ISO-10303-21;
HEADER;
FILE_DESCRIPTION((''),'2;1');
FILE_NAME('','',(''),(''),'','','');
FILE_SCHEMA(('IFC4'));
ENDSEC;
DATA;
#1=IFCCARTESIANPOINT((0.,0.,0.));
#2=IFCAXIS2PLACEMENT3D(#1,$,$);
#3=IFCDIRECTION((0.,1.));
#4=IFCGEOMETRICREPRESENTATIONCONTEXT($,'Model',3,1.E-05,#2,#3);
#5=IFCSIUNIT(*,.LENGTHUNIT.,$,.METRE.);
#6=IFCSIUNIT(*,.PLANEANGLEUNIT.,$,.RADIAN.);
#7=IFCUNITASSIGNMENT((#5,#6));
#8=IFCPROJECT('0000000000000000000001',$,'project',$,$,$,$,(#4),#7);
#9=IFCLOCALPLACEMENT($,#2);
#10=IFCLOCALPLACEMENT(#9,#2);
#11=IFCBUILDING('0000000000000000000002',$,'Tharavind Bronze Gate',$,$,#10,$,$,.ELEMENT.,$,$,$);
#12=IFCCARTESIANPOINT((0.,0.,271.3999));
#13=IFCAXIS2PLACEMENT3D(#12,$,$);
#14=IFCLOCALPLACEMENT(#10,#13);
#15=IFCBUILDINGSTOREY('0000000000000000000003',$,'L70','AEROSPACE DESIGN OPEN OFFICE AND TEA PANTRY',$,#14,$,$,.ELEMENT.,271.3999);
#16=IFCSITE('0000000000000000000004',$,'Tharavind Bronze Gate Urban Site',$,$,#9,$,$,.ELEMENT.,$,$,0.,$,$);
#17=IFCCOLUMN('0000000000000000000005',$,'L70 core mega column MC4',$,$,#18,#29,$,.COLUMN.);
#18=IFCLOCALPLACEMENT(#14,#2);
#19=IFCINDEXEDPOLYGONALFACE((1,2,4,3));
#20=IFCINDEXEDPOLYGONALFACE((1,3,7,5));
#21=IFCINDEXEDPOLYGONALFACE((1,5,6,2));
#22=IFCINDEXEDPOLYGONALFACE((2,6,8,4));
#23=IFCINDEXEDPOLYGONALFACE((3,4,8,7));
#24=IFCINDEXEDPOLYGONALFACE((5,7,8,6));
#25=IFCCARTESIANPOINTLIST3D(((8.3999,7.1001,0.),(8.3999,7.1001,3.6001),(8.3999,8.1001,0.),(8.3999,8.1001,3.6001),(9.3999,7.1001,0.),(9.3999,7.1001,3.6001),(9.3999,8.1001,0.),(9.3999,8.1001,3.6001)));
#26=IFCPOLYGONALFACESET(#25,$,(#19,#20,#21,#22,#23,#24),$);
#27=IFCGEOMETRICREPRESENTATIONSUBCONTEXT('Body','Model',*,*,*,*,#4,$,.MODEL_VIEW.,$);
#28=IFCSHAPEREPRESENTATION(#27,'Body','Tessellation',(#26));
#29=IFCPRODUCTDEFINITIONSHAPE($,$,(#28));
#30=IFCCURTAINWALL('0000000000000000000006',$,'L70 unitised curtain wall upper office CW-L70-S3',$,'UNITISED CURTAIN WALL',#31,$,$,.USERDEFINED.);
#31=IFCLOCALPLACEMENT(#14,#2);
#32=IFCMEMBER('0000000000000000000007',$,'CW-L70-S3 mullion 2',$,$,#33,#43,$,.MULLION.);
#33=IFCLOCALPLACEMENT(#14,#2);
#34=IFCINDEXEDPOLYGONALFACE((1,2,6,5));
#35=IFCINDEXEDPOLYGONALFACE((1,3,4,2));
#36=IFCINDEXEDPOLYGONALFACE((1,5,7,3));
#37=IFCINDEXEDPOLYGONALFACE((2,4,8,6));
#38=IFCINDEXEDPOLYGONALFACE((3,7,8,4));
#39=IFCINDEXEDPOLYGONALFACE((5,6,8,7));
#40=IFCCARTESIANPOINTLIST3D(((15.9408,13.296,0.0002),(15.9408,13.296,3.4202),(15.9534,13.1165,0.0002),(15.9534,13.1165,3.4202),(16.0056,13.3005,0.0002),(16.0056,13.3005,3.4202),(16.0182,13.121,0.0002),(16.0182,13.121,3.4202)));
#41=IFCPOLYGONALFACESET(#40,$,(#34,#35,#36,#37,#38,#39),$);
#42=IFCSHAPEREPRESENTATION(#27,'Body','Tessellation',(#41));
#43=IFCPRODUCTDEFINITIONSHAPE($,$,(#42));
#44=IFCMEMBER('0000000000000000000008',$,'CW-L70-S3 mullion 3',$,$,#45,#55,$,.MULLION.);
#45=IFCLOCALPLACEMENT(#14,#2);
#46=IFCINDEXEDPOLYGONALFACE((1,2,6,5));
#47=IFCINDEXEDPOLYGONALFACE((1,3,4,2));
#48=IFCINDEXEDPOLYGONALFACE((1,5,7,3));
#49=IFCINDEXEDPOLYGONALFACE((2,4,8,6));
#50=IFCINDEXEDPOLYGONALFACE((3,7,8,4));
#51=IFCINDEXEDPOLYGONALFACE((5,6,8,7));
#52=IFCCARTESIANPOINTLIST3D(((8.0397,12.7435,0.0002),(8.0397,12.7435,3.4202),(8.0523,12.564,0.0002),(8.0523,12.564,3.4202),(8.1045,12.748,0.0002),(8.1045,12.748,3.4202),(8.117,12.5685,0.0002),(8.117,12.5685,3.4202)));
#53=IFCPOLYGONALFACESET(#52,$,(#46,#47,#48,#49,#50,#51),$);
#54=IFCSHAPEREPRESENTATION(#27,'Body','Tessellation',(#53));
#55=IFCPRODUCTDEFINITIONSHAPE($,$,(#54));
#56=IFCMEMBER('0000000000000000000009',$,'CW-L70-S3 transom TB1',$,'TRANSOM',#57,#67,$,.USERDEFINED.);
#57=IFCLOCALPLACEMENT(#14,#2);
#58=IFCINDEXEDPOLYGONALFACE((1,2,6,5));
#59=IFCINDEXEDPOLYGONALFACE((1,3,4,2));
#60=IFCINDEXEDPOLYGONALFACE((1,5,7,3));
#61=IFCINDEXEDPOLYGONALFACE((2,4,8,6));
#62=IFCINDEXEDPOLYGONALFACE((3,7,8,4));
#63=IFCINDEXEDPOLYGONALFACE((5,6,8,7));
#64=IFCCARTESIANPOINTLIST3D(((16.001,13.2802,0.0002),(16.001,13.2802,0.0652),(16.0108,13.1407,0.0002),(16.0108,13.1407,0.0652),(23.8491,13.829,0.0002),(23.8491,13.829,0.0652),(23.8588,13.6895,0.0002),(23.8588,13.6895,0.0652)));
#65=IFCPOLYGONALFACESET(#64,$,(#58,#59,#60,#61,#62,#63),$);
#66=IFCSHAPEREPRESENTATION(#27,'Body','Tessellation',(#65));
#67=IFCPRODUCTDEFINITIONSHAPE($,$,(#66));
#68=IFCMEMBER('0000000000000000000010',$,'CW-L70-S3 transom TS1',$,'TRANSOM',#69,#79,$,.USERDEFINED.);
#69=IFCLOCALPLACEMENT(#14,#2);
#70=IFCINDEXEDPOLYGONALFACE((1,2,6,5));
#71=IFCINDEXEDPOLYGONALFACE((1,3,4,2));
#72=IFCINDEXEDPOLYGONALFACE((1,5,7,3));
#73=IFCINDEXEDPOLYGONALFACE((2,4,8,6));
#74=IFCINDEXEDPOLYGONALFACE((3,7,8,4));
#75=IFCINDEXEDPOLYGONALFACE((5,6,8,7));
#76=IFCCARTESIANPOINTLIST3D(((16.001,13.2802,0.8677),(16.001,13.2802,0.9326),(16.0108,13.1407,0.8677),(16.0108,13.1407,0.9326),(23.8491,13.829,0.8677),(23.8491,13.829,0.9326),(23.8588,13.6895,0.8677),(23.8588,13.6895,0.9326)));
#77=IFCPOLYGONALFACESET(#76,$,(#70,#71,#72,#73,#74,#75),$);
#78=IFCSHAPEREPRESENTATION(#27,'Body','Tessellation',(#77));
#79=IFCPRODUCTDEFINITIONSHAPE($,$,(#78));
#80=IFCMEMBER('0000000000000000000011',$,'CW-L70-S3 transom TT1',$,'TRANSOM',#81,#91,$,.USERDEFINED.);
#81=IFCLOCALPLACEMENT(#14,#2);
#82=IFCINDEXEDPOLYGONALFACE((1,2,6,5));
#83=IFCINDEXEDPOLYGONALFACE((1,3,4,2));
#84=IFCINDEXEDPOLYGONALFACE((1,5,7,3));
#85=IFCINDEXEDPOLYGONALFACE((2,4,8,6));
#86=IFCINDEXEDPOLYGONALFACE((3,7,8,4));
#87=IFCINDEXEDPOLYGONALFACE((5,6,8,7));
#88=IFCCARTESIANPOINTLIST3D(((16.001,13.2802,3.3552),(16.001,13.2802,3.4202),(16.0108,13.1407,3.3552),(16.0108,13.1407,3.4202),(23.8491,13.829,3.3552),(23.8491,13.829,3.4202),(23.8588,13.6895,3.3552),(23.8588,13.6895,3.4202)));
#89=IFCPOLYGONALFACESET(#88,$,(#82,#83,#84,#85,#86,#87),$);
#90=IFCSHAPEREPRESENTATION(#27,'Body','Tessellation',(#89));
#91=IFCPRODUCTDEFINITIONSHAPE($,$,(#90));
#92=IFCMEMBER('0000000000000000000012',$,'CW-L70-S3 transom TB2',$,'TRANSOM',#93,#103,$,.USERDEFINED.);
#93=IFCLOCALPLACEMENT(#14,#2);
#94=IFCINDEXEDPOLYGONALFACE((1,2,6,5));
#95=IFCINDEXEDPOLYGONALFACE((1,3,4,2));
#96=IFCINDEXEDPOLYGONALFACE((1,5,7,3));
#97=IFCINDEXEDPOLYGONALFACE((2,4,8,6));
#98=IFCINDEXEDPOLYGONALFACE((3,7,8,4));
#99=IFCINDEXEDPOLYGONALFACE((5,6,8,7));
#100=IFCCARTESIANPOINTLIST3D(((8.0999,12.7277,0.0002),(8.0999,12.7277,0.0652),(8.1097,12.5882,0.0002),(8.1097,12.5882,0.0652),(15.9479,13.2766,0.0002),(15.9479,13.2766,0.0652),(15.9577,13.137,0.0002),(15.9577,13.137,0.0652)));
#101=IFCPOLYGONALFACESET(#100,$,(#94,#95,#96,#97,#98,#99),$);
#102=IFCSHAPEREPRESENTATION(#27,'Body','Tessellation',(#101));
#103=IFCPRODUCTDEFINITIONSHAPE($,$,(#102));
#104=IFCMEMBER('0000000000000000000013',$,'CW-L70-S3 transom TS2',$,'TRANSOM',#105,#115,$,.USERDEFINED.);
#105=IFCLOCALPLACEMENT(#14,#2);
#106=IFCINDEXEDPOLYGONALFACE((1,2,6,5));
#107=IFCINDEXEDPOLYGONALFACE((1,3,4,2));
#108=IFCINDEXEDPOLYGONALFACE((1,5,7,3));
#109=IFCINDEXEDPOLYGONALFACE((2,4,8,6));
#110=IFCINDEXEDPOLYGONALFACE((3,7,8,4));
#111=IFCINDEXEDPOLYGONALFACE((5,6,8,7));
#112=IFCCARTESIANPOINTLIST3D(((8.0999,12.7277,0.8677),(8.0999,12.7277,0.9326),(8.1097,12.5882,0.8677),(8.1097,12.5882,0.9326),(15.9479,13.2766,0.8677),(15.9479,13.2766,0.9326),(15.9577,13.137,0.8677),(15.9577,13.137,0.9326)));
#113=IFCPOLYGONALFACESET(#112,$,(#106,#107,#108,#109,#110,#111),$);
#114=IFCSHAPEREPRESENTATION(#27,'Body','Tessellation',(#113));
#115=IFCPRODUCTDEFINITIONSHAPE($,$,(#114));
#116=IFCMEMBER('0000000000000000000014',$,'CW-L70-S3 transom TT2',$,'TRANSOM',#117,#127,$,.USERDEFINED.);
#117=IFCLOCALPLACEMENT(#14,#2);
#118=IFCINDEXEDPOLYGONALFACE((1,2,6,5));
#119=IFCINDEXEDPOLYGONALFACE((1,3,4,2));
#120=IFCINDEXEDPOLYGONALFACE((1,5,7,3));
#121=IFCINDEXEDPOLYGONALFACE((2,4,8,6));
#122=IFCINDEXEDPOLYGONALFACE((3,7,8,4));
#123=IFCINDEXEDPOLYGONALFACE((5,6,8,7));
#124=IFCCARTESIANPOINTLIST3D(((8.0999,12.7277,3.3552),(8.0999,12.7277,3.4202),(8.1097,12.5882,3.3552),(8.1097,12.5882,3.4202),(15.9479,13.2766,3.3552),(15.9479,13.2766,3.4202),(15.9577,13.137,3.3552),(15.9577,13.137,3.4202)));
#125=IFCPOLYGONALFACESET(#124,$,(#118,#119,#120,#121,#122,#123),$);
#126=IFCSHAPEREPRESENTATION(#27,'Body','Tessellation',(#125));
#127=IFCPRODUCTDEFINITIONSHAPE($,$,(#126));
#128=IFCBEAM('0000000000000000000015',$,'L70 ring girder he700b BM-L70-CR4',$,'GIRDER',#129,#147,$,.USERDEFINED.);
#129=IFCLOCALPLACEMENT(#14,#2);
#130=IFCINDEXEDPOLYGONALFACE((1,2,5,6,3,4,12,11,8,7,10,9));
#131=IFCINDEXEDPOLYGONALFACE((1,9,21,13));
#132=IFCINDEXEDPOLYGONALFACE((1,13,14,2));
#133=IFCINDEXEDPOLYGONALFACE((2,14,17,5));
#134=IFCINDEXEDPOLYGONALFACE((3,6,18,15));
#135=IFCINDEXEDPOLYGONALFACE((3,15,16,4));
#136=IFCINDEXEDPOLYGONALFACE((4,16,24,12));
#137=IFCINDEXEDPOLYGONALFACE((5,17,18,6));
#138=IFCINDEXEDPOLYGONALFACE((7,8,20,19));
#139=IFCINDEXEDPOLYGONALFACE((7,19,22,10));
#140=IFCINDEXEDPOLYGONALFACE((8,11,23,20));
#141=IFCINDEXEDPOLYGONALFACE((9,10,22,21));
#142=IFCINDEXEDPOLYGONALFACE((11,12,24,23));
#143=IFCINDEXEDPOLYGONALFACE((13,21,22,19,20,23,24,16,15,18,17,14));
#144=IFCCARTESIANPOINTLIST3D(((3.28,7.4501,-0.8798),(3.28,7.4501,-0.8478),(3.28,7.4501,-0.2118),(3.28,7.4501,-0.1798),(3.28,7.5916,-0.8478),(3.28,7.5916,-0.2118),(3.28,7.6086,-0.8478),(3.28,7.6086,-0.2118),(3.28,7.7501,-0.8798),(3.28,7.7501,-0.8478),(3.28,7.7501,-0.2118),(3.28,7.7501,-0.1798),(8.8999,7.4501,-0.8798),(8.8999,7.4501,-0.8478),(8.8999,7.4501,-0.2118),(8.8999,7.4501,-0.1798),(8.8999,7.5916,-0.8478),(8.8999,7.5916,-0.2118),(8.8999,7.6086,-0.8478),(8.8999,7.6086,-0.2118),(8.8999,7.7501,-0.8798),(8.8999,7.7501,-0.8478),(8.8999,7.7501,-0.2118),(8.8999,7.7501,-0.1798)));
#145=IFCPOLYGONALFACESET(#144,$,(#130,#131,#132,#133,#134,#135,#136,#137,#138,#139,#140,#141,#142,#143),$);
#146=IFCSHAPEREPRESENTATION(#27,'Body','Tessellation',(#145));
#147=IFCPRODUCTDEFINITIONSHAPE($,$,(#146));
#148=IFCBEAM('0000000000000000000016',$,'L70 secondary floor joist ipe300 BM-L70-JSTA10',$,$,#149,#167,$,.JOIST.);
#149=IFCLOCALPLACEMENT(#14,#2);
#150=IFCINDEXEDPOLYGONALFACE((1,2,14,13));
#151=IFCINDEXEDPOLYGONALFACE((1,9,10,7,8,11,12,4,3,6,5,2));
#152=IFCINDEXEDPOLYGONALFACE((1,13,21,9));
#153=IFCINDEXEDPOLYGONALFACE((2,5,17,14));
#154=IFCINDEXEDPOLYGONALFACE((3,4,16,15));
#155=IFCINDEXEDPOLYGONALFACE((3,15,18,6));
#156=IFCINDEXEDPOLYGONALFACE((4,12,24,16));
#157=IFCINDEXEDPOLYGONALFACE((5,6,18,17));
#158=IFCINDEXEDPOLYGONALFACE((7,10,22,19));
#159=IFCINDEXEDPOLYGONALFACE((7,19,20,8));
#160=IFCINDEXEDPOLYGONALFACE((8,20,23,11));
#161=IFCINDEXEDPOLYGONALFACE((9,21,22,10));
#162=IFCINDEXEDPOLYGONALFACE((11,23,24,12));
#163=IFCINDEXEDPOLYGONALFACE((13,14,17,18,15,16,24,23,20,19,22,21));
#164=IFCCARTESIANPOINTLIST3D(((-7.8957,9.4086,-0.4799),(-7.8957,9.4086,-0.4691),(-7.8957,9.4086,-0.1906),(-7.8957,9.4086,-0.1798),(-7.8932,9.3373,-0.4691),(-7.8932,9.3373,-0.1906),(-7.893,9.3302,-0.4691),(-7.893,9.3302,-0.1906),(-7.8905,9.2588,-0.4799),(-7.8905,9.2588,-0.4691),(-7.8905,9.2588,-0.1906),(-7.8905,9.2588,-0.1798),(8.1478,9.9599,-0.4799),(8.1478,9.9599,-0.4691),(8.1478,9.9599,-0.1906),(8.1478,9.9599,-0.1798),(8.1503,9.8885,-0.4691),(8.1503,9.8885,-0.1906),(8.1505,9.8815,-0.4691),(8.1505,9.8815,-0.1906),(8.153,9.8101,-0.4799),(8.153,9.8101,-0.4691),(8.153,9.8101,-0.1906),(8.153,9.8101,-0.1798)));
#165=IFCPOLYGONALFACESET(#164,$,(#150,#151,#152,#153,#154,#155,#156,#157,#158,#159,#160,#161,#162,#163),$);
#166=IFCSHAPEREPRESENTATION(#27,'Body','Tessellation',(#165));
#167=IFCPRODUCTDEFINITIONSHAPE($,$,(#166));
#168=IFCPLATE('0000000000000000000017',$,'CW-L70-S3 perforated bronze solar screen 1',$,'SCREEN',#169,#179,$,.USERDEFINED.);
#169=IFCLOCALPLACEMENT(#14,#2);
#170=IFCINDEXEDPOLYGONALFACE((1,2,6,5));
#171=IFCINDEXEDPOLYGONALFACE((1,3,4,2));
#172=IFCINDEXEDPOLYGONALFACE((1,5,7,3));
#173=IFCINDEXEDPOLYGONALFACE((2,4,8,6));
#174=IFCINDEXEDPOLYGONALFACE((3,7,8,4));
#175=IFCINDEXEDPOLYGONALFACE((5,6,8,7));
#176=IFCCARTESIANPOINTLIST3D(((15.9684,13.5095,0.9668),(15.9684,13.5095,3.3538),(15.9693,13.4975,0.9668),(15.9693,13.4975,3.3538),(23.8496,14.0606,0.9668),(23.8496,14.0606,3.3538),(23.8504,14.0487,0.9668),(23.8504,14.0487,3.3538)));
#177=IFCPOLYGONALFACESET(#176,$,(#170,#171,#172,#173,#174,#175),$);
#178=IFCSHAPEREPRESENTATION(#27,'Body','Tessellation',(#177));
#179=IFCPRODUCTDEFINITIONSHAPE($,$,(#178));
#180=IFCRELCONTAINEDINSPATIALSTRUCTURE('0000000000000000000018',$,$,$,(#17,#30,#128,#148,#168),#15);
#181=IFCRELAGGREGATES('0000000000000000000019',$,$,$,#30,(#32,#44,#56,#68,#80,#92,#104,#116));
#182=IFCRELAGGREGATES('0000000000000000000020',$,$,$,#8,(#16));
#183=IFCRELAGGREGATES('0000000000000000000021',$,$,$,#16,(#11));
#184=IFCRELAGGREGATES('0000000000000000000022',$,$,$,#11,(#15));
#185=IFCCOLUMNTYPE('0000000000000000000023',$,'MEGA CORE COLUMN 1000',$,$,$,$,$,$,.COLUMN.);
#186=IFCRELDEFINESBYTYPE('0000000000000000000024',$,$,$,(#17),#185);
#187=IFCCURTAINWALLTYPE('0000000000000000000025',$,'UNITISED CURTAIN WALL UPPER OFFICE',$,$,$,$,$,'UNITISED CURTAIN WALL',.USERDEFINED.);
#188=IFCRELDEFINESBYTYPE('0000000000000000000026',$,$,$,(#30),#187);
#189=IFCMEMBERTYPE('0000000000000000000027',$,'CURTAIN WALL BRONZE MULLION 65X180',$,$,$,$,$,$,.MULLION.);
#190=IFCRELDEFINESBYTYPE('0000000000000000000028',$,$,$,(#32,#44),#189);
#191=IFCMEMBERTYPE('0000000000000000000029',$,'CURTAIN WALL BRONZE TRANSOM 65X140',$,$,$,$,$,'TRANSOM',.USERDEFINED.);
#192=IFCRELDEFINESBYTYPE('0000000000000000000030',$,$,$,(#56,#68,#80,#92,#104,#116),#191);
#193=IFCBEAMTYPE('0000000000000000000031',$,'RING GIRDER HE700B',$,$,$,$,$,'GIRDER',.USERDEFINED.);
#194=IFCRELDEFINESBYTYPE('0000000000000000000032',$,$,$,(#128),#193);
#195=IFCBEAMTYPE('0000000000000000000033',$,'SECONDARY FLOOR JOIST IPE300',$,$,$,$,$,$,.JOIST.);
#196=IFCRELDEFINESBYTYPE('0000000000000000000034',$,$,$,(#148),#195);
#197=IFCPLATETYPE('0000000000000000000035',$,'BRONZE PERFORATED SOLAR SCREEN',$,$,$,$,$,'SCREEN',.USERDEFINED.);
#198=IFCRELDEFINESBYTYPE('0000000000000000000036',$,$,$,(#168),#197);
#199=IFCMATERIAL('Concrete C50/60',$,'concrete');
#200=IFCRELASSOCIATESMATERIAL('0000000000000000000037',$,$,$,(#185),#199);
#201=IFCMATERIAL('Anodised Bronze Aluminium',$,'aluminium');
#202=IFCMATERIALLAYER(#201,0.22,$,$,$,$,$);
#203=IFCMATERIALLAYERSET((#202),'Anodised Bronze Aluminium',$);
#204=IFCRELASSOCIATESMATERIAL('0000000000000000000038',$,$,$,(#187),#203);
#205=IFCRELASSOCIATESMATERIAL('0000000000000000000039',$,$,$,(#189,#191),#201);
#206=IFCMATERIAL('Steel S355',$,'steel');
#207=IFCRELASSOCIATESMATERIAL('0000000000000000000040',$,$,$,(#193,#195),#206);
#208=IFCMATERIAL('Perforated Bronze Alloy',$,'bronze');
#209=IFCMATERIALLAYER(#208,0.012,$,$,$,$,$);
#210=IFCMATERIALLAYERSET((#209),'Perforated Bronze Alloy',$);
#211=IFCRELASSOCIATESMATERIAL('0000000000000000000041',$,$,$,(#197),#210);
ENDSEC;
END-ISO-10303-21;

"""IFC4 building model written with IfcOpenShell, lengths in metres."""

from ifc_helpers import new_model, si_unit, direction, frame, origin, origin_2d, place, context, subcontext, project, spatial, rectangle, i_section, extrude, material, layer, layer_set, material_profile, profile_set, type_object, element, aggregate, save


model = new_model("IFC4")

# Units and contexts
model_context = context("Model", 3, precision=1e-05, world=origin(), true_north=direction((0.0, 1.0)))
body_context = subcontext(model_context, "Body", "Model", "MODEL_VIEW")
ifc_project = project(units=[si_unit("LENGTHUNIT", "METRE"), si_unit("PLANEANGLEUNIT", "RADIAN")], contexts=[model_context])

# Site, building, storey
site_placement = place(None, origin())
site = spatial("IfcSite", under=ifc_project, at=site_placement, Name="Tharavind Bronze Gate Urban Site", CompositionType="ELEMENT", RefElevation=0.0)
building_placement = place(site_placement, origin())
building = spatial("IfcBuilding", under=site, at=building_placement, Name="Tharavind Bronze Gate", CompositionType="ELEMENT")
storey_placement = place(building_placement, frame((0.0, 0.0, 271.3999)))
storey = spatial("IfcBuildingStorey", under=building, at=storey_placement, Name="L70", Description="AEROSPACE DESIGN OPEN OFFICE AND TEA PANTRY", CompositionType="ELEMENT", Elevation=271.3999)

# Column
ifc_material_1 = material(Name="Concrete C50/60", Category="concrete")
ifc_material_profile_1 = material_profile(ifc_material_1, rectangle(XDim=1.0, YDim=1.0, at=origin_2d()), Name="RCCOL1000")
ifc_profile_set_1 = profile_set([ifc_material_profile_1], Name="Concrete C50/60")
column_type = type_object("IfcColumnType", Name="MEGA CORE COLUMN 1000", PredefinedType="COLUMN", material=ifc_profile_set_1)
column_placement = place(storey_placement, frame((8.8999, 7.6001, 0.0), z_axis=(0.0, 0.0, 1.0), x_axis=(1.0, 0.0, 0.0)))
element("IfcColumn", 1, at=column_placement, inside=storey, type_object=column_type, Name="L70 core mega column MC4", PredefinedType="COLUMN", context=body_context, shape_type="SweptSolid", body=[
    extrude(rectangle(XDim=1.0, YDim=1.0, at=origin_2d()), origin(), (0.0, 0.0, 1.0), 3.6001),
])

# Curtain wall, members
ifc_material_2 = material(Name="Anodised Bronze Aluminium", Category="aluminium")
ifc_layer_1 = layer(ifc_material_2, 0.22)
ifc_layer_set_1 = layer_set([ifc_layer_1], Name="Anodised Bronze Aluminium")
curtain_wall_type = type_object("IfcCurtainWallType", Name="UNITISED CURTAIN WALL UPPER OFFICE", ElementType="UNITISED CURTAIN WALL", PredefinedType="USERDEFINED", material=ifc_layer_set_1)
curtain_wall_placement = place(storey_placement, origin())
curtain_wall = element("IfcCurtainWall", 2, at=curtain_wall_placement, inside=storey, type_object=curtain_wall_type, Name="L70 unitised curtain wall upper office CW-L70-S3", ObjectType="UNITISED CURTAIN WALL", PredefinedType="USERDEFINED")
member_type_1 = type_object("IfcMemberType", Name="CURTAIN WALL BRONZE MULLION 65X180", PredefinedType="MULLION", material=ifc_material_2)
member_1_placement = place(storey_placement, frame((15.9795, 13.2085, 0.0002), z_axis=(0.0, 0.0, 1.0), x_axis=(-0.997564, -0.06976, 0.0)))
member_1 = element("IfcMember", 3, at=member_1_placement, type_object=member_type_1, Name="CW-L70-S3 mullion 2", PredefinedType="MULLION", context=body_context, shape_type="SweptSolid", body=[
    extrude(rectangle(XDim=0.0649, YDim=0.1799, at=origin_2d()), origin(), (0.0, 0.0, 1.0), 3.4199),
])
member_2_placement = place(storey_placement, frame((8.0784, 12.656, 0.0002), z_axis=(0.0, 0.0, 1.0), x_axis=(-0.997564, -0.06976, 0.0)))
member_2 = element("IfcMember", 4, at=member_2_placement, type_object=member_type_1, Name="CW-L70-S3 mullion 3", PredefinedType="MULLION", context=body_context, shape_type="SweptSolid", body=[
    extrude(rectangle(XDim=0.0649, YDim=0.1799, at=origin_2d()), origin(), (0.0, 0.0, 1.0), 3.4199),
])
member_type_2 = type_object("IfcMemberType", Name="CURTAIN WALL BRONZE TRANSOM 65X140", ElementType="TRANSOM", PredefinedType="USERDEFINED", material=ifc_material_2)
member_3_placement = place(storey_placement, frame((19.9299, 13.4849, 0.0002), z_axis=(0.0, 0.0, 1.0), x_axis=(-0.997564, -0.06976, 0.0)))
member_3 = element("IfcMember", 5, at=member_3_placement, type_object=member_type_2, Name="CW-L70-S3 transom TB1", ObjectType="TRANSOM", PredefinedType="USERDEFINED", context=body_context, shape_type="SweptSolid", body=[
    extrude(rectangle(XDim=7.8672, YDim=0.1399, at=origin_2d()), origin(), (0.0, 0.0, 1.0), 0.0649),
])
member_4_placement = place(storey_placement, frame((19.9299, 13.4849, 0.8677), z_axis=(0.0, 0.0, 1.0), x_axis=(-0.997564, -0.06976, 0.0)))
member_4 = element("IfcMember", 6, at=member_4_placement, type_object=member_type_2, Name="CW-L70-S3 transom TS1", ObjectType="TRANSOM", PredefinedType="USERDEFINED", context=body_context, shape_type="SweptSolid", body=[
    extrude(rectangle(XDim=7.8672, YDim=0.1399, at=origin_2d()), origin(), (0.0, 0.0, 1.0), 0.0649),
])
member_5_placement = place(storey_placement, frame((19.9299, 13.4849, 3.3552), z_axis=(0.0, 0.0, 1.0), x_axis=(-0.997564, -0.06976, 0.0)))
member_5 = element("IfcMember", 7, at=member_5_placement, type_object=member_type_2, Name="CW-L70-S3 transom TT1", ObjectType="TRANSOM", PredefinedType="USERDEFINED", context=body_context, shape_type="SweptSolid", body=[
    extrude(rectangle(XDim=7.8672, YDim=0.1399, at=origin_2d()), origin(), (0.0, 0.0, 1.0), 0.0649),
])
member_6_placement = place(storey_placement, frame((12.0288, 12.9324, 0.0002), z_axis=(0.0, 0.0, 1.0), x_axis=(-0.997564, -0.06976, 0.0)))
member_6 = element("IfcMember", 8, at=member_6_placement, type_object=member_type_2, Name="CW-L70-S3 transom TB2", ObjectType="TRANSOM", PredefinedType="USERDEFINED", context=body_context, shape_type="SweptSolid", body=[
    extrude(rectangle(XDim=7.8672, YDim=0.1399, at=origin_2d()), origin(), (0.0, 0.0, 1.0), 0.0649),
])
member_7_placement = place(storey_placement, frame((12.0288, 12.9324, 0.8677), z_axis=(0.0, 0.0, 1.0), x_axis=(-0.997564, -0.06976, 0.0)))
member_7 = element("IfcMember", 9, at=member_7_placement, type_object=member_type_2, Name="CW-L70-S3 transom TS2", ObjectType="TRANSOM", PredefinedType="USERDEFINED", context=body_context, shape_type="SweptSolid", body=[
    extrude(rectangle(XDim=7.8672, YDim=0.1399, at=origin_2d()), origin(), (0.0, 0.0, 1.0), 0.0649),
])
member_8_placement = place(storey_placement, frame((12.0288, 12.9324, 3.3552), z_axis=(0.0, 0.0, 1.0), x_axis=(-0.997564, -0.06976, 0.0)))
member_8 = element("IfcMember", 10, at=member_8_placement, type_object=member_type_2, Name="CW-L70-S3 transom TT2", ObjectType="TRANSOM", PredefinedType="USERDEFINED", context=body_context, shape_type="SweptSolid", body=[
    extrude(rectangle(XDim=7.8672, YDim=0.1399, at=origin_2d()), origin(), (0.0, 0.0, 1.0), 0.0649),
])

# Beams
ifc_material_3 = material(Name="Steel S355", Category="steel")
ifc_material_profile_2 = material_profile(ifc_material_3, i_section(OverallWidth=0.3, OverallDepth=0.7, WebThickness=0.0171, FlangeThickness=0.032, at=origin_2d()), Name="HE700B")
ifc_profile_set_2 = profile_set([ifc_material_profile_2], Name="Steel S355")
beam_type_1 = type_object("IfcBeamType", Name="RING GIRDER HE700B", ElementType="GIRDER", PredefinedType="USERDEFINED", material=ifc_profile_set_2)
beam_1_placement = place(storey_placement, frame((8.8999, 7.6001, -0.5298), z_axis=(-1.0, 0.0, 0.0), x_axis=(0.0, -1.0, 0.0)))
element("IfcBeam", 11, at=beam_1_placement, inside=storey, type_object=beam_type_1, Name="L70 ring girder he700b BM-L70-CR4", ObjectType="GIRDER", PredefinedType="USERDEFINED", context=body_context, shape_type="SweptSolid", body=[
    extrude(i_section(OverallWidth=0.3, OverallDepth=0.7, WebThickness=0.0171, FlangeThickness=0.032, at=origin_2d()), origin(), (0.0, 0.0, 1.0), 5.6199),
])
ifc_material_profile_3 = material_profile(ifc_material_3, i_section(OverallWidth=0.1499, OverallDepth=0.3, WebThickness=0.0071, FlangeThickness=0.0107, at=origin_2d()), Name="IPE300")
ifc_profile_set_3 = profile_set([ifc_material_profile_3], Name="Steel S355")
beam_type_2 = type_object("IfcBeamType", Name="SECONDARY FLOOR JOIST IPE300", PredefinedType="JOIST", material=ifc_profile_set_3)
beam_2_placement = place(storey_placement, frame((8.1504, 9.885, -0.3298), z_axis=(-0.99941, -0.034341, 0.0), x_axis=(0.034341, -0.99941, 0.0)))
element("IfcBeam", 12, at=beam_2_placement, inside=storey, type_object=beam_type_2, Name="L70 secondary floor joist ipe300 BM-L70-JSTA10", PredefinedType="JOIST", context=body_context, shape_type="SweptSolid", body=[
    extrude(i_section(OverallWidth=0.1499, OverallDepth=0.3, WebThickness=0.0071, FlangeThickness=0.0107, at=origin_2d()), origin(), (0.0, 0.0, 1.0), 16.053),
])

# Plate
ifc_material_4 = material(Name="Perforated Bronze Alloy", Category="bronze")
ifc_layer_2 = layer(ifc_material_4, 0.012)
ifc_layer_set_2 = layer_set([ifc_layer_2], Name="Perforated Bronze Alloy")
plate_type_1 = type_object("IfcPlateType", Name="BRONZE PERFORATED SOLAR SCREEN", ElementType="SCREEN", PredefinedType="USERDEFINED", material=ifc_layer_set_2)
plate_1_placement = place(storey_placement, frame((19.9094, 13.7791, 0.9668), z_axis=(0.0, 0.0, 1.0), x_axis=(-0.997564, -0.06976, 0.0)))
element("IfcPlate", 13, at=plate_1_placement, inside=storey, type_object=plate_type_1, Name="CW-L70-S3 perforated bronze solar screen 1", ObjectType="SCREEN", PredefinedType="USERDEFINED", context=body_context, shape_type="SweptSolid", body=[
    extrude(rectangle(XDim=7.9004, YDim=0.012, at=origin_2d()), origin(), (0.0, 0.0, 1.0), 2.387),
])
aggregate(curtain_wall, [member_1, member_2, member_3, member_4, member_5, member_6, member_7, member_8])

save(model, "model.ifc")
